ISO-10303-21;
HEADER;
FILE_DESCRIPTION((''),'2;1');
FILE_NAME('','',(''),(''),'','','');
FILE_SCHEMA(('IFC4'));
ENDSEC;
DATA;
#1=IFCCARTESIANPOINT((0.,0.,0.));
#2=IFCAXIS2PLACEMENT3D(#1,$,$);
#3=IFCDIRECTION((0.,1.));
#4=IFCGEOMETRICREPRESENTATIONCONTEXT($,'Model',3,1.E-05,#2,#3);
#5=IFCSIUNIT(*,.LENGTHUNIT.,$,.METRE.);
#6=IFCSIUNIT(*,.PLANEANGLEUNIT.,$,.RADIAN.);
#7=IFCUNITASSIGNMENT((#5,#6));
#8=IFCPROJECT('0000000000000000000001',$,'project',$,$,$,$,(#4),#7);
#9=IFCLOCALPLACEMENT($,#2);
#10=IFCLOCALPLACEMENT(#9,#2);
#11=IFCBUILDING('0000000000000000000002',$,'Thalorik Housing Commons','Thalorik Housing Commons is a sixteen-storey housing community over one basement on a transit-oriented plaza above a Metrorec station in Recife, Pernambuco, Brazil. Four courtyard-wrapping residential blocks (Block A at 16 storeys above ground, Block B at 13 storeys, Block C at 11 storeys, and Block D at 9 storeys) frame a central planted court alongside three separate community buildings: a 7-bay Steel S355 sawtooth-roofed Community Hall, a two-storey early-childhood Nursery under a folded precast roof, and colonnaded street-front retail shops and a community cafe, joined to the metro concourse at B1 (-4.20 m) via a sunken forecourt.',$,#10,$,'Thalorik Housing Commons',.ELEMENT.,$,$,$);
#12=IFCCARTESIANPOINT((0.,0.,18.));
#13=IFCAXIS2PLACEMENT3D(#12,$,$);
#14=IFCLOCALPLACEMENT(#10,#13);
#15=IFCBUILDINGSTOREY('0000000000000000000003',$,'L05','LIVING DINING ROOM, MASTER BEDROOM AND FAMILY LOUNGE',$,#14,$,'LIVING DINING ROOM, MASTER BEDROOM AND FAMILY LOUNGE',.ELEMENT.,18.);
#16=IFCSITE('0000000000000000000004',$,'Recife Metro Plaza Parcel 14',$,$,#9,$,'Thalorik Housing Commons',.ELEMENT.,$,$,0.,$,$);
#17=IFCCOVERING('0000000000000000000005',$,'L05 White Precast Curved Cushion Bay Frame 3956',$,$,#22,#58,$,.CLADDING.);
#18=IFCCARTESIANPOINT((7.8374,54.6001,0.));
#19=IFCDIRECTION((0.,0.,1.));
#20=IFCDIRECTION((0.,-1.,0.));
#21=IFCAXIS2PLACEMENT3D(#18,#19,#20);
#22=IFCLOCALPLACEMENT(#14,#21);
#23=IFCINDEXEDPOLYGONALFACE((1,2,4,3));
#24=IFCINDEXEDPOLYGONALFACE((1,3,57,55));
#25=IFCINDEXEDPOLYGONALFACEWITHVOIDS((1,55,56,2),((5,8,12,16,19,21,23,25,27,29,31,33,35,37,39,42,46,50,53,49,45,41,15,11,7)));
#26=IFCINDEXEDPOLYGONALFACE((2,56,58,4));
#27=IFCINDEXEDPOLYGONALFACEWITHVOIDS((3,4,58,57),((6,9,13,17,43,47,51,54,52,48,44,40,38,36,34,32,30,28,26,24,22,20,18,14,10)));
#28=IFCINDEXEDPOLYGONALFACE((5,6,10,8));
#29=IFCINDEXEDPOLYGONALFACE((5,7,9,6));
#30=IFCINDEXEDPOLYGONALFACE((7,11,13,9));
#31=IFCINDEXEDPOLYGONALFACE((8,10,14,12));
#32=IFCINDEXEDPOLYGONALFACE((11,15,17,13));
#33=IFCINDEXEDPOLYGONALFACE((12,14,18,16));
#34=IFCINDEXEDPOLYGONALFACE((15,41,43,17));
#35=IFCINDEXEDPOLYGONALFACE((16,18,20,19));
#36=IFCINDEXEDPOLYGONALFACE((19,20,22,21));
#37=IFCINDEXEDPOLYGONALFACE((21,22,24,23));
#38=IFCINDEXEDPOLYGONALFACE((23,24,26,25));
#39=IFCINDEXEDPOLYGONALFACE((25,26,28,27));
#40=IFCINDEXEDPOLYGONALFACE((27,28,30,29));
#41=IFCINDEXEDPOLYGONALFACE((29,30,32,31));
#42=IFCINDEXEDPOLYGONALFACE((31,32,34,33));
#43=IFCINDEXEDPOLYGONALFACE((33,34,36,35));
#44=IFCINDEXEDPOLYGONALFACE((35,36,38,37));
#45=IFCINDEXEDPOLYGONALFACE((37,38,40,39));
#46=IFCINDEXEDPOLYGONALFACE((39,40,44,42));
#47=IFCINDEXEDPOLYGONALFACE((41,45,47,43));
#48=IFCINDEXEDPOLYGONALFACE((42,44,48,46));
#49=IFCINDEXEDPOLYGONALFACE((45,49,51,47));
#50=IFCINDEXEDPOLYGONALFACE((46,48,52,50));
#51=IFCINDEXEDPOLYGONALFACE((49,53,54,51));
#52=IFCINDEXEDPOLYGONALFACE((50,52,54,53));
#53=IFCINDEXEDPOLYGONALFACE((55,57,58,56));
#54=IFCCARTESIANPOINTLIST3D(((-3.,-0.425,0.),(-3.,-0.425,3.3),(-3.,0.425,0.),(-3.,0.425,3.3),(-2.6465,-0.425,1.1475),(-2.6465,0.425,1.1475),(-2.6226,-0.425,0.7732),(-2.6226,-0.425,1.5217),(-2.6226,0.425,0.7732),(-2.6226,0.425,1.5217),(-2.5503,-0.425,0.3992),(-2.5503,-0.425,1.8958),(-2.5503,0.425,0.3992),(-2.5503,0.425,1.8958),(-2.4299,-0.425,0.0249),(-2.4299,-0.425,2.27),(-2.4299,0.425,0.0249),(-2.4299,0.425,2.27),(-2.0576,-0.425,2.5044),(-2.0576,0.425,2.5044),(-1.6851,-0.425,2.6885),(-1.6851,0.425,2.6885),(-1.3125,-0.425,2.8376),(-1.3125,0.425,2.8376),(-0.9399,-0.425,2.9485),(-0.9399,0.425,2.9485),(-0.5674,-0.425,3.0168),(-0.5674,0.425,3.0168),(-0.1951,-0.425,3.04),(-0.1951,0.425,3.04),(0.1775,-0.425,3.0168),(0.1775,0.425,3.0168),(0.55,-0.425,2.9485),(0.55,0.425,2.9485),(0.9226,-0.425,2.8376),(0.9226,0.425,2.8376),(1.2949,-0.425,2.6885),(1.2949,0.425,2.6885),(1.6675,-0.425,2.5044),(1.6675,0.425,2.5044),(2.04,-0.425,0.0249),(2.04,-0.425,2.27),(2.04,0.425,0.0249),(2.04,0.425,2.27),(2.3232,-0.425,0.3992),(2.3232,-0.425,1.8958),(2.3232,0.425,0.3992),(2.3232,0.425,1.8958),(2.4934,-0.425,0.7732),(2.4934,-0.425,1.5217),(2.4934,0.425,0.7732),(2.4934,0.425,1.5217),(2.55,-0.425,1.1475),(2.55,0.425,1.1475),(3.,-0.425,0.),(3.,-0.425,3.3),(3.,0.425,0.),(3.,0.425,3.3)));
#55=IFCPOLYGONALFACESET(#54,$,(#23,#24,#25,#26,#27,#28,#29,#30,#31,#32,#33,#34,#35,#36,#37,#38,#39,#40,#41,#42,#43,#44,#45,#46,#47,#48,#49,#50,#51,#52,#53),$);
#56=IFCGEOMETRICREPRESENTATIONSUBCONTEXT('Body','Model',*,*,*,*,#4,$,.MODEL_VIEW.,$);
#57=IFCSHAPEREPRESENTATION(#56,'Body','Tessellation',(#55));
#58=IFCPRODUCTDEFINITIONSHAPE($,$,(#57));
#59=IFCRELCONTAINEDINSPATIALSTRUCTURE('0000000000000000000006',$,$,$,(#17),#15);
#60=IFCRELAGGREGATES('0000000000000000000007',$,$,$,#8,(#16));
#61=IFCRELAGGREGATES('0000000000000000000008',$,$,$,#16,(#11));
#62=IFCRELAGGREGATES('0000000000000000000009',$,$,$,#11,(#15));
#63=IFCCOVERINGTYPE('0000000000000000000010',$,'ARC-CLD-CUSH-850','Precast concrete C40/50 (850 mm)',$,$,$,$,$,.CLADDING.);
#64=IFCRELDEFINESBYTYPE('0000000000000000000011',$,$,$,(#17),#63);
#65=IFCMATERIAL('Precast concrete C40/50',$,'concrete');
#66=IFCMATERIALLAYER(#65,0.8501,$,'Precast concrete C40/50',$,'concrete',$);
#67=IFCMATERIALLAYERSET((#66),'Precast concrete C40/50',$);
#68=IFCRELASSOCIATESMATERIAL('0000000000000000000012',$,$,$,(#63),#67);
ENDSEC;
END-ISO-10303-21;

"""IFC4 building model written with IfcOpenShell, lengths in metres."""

from ifc_helpers import new_model, si_unit, direction, frame, origin, place, context, subcontext, project, spatial, polyline, outline, extrude, material, layer, layer_set, type_object, element, save


model = new_model("IFC4")

# Units and contexts
model_context = context("Model", 3, precision=1e-05, world=origin(), true_north=direction((0.0, 1.0)))
body_context = subcontext(model_context, "Body", "Model", "MODEL_VIEW")
ifc_project = project(units=[si_unit("LENGTHUNIT", "METRE"), si_unit("PLANEANGLEUNIT", "RADIAN")], contexts=[model_context])

# Site, building, storey
site_placement = place(None, origin())
site = spatial("IfcSite", under=ifc_project, at=site_placement, Name="Recife Metro Plaza Parcel 14", LongName="Thalorik Housing Commons", CompositionType="ELEMENT", RefElevation=0.0)
building_placement = place(site_placement, origin())
building = spatial("IfcBuilding", under=site, at=building_placement, Name="Thalorik Housing Commons", Description="Thalorik Housing Commons is a sixteen-storey housing community over one basement on a transit-oriented plaza above a Metrorec station in Recife, Pernambuco, Brazil. Four courtyard-wrapping residential blocks (Block A at 16 storeys above ground, Block B at 13 storeys, Block C at 11 storeys, and Block D at 9 storeys) frame a central planted court alongside three separate community buildings: a 7-bay Steel S355 sawtooth-roofed Community Hall, a two-storey early-childhood Nursery under a folded precast roof, and colonnaded street-front retail shops and a community cafe, joined to the metro concourse at B1 (-4.20 m) via a sunken forecourt.", LongName="Thalorik Housing Commons", CompositionType="ELEMENT")
storey_placement = place(building_placement, frame((0.0, 0.0, 18.0)))
storey = spatial("IfcBuildingStorey", under=building, at=storey_placement, Name="L05", Description="LIVING DINING ROOM, MASTER BEDROOM AND FAMILY LOUNGE", LongName="LIVING DINING ROOM, MASTER BEDROOM AND FAMILY LOUNGE", CompositionType="ELEMENT", Elevation=18.0)

# Shared definitions
ifc_material_1 = material(Name="Precast concrete C40/50", Category="concrete")

# Covering
ifc_layer_1 = layer(ifc_material_1, 0.8501, Name="Precast concrete C40/50", Category="concrete")
ifc_layer_set_1 = layer_set([ifc_layer_1], Name="Precast concrete C40/50")
covering_type_1 = type_object("IfcCoveringType", Name="ARC-CLD-CUSH-850", Description="Precast concrete C40/50 (850 mm)", PredefinedType="CLADDING", material=ifc_layer_set_1)
covering_1_placement = place(storey_placement, frame((7.8374, 54.6001, 0.0), z_axis=(0.0, 0.0, 1.0), x_axis=(0.0, -1.0, 0.0)))
element("IfcCovering", 1, at=covering_1_placement, inside=storey, type_object=covering_type_1, Name="L05 White Precast Curved Cushion Bay Frame 3956", PredefinedType="CLADDING", context=body_context, shape_type="SweptSolid", body=[
    extrude(outline(polyline([(-3.0, 0.0), (3.0, 0.0), (3.0, 3.3), (-3.0, 3.3), (-3.0, 0.0)]), holes=[polyline([(2.04, 0.0249), (2.3232, 0.3992), (2.4934, 0.7732), (2.55, 1.1475), (2.4934, 1.5217), (2.3232, 1.8958), (2.04, 2.27), (1.6675, 2.5044), (1.2949, 2.6885), (0.9226, 2.8376), (0.55, 2.9485), (0.1775, 3.0168), (-0.1951, 3.04), (-0.5674, 3.0168), (-0.9399, 2.9485), (-1.3125, 2.8376), (-1.6851, 2.6885), (-2.0576, 2.5044), (-2.4299, 2.27), (-2.5503, 1.8958), (-2.6226, 1.5217), (-2.6465, 1.1475), (-2.6226, 0.7732), (-2.5503, 0.3992), (-2.4299, 0.0249), (2.04, 0.0249)])]), frame((0.0, 0.425, 0.0), z_axis=(0.0, -1.0, 0.0), x_axis=(1.0, 0.0, 0.0)), (0.0, 0.0, 1.0), 0.8501),
])

save(model, "model.ifc")
